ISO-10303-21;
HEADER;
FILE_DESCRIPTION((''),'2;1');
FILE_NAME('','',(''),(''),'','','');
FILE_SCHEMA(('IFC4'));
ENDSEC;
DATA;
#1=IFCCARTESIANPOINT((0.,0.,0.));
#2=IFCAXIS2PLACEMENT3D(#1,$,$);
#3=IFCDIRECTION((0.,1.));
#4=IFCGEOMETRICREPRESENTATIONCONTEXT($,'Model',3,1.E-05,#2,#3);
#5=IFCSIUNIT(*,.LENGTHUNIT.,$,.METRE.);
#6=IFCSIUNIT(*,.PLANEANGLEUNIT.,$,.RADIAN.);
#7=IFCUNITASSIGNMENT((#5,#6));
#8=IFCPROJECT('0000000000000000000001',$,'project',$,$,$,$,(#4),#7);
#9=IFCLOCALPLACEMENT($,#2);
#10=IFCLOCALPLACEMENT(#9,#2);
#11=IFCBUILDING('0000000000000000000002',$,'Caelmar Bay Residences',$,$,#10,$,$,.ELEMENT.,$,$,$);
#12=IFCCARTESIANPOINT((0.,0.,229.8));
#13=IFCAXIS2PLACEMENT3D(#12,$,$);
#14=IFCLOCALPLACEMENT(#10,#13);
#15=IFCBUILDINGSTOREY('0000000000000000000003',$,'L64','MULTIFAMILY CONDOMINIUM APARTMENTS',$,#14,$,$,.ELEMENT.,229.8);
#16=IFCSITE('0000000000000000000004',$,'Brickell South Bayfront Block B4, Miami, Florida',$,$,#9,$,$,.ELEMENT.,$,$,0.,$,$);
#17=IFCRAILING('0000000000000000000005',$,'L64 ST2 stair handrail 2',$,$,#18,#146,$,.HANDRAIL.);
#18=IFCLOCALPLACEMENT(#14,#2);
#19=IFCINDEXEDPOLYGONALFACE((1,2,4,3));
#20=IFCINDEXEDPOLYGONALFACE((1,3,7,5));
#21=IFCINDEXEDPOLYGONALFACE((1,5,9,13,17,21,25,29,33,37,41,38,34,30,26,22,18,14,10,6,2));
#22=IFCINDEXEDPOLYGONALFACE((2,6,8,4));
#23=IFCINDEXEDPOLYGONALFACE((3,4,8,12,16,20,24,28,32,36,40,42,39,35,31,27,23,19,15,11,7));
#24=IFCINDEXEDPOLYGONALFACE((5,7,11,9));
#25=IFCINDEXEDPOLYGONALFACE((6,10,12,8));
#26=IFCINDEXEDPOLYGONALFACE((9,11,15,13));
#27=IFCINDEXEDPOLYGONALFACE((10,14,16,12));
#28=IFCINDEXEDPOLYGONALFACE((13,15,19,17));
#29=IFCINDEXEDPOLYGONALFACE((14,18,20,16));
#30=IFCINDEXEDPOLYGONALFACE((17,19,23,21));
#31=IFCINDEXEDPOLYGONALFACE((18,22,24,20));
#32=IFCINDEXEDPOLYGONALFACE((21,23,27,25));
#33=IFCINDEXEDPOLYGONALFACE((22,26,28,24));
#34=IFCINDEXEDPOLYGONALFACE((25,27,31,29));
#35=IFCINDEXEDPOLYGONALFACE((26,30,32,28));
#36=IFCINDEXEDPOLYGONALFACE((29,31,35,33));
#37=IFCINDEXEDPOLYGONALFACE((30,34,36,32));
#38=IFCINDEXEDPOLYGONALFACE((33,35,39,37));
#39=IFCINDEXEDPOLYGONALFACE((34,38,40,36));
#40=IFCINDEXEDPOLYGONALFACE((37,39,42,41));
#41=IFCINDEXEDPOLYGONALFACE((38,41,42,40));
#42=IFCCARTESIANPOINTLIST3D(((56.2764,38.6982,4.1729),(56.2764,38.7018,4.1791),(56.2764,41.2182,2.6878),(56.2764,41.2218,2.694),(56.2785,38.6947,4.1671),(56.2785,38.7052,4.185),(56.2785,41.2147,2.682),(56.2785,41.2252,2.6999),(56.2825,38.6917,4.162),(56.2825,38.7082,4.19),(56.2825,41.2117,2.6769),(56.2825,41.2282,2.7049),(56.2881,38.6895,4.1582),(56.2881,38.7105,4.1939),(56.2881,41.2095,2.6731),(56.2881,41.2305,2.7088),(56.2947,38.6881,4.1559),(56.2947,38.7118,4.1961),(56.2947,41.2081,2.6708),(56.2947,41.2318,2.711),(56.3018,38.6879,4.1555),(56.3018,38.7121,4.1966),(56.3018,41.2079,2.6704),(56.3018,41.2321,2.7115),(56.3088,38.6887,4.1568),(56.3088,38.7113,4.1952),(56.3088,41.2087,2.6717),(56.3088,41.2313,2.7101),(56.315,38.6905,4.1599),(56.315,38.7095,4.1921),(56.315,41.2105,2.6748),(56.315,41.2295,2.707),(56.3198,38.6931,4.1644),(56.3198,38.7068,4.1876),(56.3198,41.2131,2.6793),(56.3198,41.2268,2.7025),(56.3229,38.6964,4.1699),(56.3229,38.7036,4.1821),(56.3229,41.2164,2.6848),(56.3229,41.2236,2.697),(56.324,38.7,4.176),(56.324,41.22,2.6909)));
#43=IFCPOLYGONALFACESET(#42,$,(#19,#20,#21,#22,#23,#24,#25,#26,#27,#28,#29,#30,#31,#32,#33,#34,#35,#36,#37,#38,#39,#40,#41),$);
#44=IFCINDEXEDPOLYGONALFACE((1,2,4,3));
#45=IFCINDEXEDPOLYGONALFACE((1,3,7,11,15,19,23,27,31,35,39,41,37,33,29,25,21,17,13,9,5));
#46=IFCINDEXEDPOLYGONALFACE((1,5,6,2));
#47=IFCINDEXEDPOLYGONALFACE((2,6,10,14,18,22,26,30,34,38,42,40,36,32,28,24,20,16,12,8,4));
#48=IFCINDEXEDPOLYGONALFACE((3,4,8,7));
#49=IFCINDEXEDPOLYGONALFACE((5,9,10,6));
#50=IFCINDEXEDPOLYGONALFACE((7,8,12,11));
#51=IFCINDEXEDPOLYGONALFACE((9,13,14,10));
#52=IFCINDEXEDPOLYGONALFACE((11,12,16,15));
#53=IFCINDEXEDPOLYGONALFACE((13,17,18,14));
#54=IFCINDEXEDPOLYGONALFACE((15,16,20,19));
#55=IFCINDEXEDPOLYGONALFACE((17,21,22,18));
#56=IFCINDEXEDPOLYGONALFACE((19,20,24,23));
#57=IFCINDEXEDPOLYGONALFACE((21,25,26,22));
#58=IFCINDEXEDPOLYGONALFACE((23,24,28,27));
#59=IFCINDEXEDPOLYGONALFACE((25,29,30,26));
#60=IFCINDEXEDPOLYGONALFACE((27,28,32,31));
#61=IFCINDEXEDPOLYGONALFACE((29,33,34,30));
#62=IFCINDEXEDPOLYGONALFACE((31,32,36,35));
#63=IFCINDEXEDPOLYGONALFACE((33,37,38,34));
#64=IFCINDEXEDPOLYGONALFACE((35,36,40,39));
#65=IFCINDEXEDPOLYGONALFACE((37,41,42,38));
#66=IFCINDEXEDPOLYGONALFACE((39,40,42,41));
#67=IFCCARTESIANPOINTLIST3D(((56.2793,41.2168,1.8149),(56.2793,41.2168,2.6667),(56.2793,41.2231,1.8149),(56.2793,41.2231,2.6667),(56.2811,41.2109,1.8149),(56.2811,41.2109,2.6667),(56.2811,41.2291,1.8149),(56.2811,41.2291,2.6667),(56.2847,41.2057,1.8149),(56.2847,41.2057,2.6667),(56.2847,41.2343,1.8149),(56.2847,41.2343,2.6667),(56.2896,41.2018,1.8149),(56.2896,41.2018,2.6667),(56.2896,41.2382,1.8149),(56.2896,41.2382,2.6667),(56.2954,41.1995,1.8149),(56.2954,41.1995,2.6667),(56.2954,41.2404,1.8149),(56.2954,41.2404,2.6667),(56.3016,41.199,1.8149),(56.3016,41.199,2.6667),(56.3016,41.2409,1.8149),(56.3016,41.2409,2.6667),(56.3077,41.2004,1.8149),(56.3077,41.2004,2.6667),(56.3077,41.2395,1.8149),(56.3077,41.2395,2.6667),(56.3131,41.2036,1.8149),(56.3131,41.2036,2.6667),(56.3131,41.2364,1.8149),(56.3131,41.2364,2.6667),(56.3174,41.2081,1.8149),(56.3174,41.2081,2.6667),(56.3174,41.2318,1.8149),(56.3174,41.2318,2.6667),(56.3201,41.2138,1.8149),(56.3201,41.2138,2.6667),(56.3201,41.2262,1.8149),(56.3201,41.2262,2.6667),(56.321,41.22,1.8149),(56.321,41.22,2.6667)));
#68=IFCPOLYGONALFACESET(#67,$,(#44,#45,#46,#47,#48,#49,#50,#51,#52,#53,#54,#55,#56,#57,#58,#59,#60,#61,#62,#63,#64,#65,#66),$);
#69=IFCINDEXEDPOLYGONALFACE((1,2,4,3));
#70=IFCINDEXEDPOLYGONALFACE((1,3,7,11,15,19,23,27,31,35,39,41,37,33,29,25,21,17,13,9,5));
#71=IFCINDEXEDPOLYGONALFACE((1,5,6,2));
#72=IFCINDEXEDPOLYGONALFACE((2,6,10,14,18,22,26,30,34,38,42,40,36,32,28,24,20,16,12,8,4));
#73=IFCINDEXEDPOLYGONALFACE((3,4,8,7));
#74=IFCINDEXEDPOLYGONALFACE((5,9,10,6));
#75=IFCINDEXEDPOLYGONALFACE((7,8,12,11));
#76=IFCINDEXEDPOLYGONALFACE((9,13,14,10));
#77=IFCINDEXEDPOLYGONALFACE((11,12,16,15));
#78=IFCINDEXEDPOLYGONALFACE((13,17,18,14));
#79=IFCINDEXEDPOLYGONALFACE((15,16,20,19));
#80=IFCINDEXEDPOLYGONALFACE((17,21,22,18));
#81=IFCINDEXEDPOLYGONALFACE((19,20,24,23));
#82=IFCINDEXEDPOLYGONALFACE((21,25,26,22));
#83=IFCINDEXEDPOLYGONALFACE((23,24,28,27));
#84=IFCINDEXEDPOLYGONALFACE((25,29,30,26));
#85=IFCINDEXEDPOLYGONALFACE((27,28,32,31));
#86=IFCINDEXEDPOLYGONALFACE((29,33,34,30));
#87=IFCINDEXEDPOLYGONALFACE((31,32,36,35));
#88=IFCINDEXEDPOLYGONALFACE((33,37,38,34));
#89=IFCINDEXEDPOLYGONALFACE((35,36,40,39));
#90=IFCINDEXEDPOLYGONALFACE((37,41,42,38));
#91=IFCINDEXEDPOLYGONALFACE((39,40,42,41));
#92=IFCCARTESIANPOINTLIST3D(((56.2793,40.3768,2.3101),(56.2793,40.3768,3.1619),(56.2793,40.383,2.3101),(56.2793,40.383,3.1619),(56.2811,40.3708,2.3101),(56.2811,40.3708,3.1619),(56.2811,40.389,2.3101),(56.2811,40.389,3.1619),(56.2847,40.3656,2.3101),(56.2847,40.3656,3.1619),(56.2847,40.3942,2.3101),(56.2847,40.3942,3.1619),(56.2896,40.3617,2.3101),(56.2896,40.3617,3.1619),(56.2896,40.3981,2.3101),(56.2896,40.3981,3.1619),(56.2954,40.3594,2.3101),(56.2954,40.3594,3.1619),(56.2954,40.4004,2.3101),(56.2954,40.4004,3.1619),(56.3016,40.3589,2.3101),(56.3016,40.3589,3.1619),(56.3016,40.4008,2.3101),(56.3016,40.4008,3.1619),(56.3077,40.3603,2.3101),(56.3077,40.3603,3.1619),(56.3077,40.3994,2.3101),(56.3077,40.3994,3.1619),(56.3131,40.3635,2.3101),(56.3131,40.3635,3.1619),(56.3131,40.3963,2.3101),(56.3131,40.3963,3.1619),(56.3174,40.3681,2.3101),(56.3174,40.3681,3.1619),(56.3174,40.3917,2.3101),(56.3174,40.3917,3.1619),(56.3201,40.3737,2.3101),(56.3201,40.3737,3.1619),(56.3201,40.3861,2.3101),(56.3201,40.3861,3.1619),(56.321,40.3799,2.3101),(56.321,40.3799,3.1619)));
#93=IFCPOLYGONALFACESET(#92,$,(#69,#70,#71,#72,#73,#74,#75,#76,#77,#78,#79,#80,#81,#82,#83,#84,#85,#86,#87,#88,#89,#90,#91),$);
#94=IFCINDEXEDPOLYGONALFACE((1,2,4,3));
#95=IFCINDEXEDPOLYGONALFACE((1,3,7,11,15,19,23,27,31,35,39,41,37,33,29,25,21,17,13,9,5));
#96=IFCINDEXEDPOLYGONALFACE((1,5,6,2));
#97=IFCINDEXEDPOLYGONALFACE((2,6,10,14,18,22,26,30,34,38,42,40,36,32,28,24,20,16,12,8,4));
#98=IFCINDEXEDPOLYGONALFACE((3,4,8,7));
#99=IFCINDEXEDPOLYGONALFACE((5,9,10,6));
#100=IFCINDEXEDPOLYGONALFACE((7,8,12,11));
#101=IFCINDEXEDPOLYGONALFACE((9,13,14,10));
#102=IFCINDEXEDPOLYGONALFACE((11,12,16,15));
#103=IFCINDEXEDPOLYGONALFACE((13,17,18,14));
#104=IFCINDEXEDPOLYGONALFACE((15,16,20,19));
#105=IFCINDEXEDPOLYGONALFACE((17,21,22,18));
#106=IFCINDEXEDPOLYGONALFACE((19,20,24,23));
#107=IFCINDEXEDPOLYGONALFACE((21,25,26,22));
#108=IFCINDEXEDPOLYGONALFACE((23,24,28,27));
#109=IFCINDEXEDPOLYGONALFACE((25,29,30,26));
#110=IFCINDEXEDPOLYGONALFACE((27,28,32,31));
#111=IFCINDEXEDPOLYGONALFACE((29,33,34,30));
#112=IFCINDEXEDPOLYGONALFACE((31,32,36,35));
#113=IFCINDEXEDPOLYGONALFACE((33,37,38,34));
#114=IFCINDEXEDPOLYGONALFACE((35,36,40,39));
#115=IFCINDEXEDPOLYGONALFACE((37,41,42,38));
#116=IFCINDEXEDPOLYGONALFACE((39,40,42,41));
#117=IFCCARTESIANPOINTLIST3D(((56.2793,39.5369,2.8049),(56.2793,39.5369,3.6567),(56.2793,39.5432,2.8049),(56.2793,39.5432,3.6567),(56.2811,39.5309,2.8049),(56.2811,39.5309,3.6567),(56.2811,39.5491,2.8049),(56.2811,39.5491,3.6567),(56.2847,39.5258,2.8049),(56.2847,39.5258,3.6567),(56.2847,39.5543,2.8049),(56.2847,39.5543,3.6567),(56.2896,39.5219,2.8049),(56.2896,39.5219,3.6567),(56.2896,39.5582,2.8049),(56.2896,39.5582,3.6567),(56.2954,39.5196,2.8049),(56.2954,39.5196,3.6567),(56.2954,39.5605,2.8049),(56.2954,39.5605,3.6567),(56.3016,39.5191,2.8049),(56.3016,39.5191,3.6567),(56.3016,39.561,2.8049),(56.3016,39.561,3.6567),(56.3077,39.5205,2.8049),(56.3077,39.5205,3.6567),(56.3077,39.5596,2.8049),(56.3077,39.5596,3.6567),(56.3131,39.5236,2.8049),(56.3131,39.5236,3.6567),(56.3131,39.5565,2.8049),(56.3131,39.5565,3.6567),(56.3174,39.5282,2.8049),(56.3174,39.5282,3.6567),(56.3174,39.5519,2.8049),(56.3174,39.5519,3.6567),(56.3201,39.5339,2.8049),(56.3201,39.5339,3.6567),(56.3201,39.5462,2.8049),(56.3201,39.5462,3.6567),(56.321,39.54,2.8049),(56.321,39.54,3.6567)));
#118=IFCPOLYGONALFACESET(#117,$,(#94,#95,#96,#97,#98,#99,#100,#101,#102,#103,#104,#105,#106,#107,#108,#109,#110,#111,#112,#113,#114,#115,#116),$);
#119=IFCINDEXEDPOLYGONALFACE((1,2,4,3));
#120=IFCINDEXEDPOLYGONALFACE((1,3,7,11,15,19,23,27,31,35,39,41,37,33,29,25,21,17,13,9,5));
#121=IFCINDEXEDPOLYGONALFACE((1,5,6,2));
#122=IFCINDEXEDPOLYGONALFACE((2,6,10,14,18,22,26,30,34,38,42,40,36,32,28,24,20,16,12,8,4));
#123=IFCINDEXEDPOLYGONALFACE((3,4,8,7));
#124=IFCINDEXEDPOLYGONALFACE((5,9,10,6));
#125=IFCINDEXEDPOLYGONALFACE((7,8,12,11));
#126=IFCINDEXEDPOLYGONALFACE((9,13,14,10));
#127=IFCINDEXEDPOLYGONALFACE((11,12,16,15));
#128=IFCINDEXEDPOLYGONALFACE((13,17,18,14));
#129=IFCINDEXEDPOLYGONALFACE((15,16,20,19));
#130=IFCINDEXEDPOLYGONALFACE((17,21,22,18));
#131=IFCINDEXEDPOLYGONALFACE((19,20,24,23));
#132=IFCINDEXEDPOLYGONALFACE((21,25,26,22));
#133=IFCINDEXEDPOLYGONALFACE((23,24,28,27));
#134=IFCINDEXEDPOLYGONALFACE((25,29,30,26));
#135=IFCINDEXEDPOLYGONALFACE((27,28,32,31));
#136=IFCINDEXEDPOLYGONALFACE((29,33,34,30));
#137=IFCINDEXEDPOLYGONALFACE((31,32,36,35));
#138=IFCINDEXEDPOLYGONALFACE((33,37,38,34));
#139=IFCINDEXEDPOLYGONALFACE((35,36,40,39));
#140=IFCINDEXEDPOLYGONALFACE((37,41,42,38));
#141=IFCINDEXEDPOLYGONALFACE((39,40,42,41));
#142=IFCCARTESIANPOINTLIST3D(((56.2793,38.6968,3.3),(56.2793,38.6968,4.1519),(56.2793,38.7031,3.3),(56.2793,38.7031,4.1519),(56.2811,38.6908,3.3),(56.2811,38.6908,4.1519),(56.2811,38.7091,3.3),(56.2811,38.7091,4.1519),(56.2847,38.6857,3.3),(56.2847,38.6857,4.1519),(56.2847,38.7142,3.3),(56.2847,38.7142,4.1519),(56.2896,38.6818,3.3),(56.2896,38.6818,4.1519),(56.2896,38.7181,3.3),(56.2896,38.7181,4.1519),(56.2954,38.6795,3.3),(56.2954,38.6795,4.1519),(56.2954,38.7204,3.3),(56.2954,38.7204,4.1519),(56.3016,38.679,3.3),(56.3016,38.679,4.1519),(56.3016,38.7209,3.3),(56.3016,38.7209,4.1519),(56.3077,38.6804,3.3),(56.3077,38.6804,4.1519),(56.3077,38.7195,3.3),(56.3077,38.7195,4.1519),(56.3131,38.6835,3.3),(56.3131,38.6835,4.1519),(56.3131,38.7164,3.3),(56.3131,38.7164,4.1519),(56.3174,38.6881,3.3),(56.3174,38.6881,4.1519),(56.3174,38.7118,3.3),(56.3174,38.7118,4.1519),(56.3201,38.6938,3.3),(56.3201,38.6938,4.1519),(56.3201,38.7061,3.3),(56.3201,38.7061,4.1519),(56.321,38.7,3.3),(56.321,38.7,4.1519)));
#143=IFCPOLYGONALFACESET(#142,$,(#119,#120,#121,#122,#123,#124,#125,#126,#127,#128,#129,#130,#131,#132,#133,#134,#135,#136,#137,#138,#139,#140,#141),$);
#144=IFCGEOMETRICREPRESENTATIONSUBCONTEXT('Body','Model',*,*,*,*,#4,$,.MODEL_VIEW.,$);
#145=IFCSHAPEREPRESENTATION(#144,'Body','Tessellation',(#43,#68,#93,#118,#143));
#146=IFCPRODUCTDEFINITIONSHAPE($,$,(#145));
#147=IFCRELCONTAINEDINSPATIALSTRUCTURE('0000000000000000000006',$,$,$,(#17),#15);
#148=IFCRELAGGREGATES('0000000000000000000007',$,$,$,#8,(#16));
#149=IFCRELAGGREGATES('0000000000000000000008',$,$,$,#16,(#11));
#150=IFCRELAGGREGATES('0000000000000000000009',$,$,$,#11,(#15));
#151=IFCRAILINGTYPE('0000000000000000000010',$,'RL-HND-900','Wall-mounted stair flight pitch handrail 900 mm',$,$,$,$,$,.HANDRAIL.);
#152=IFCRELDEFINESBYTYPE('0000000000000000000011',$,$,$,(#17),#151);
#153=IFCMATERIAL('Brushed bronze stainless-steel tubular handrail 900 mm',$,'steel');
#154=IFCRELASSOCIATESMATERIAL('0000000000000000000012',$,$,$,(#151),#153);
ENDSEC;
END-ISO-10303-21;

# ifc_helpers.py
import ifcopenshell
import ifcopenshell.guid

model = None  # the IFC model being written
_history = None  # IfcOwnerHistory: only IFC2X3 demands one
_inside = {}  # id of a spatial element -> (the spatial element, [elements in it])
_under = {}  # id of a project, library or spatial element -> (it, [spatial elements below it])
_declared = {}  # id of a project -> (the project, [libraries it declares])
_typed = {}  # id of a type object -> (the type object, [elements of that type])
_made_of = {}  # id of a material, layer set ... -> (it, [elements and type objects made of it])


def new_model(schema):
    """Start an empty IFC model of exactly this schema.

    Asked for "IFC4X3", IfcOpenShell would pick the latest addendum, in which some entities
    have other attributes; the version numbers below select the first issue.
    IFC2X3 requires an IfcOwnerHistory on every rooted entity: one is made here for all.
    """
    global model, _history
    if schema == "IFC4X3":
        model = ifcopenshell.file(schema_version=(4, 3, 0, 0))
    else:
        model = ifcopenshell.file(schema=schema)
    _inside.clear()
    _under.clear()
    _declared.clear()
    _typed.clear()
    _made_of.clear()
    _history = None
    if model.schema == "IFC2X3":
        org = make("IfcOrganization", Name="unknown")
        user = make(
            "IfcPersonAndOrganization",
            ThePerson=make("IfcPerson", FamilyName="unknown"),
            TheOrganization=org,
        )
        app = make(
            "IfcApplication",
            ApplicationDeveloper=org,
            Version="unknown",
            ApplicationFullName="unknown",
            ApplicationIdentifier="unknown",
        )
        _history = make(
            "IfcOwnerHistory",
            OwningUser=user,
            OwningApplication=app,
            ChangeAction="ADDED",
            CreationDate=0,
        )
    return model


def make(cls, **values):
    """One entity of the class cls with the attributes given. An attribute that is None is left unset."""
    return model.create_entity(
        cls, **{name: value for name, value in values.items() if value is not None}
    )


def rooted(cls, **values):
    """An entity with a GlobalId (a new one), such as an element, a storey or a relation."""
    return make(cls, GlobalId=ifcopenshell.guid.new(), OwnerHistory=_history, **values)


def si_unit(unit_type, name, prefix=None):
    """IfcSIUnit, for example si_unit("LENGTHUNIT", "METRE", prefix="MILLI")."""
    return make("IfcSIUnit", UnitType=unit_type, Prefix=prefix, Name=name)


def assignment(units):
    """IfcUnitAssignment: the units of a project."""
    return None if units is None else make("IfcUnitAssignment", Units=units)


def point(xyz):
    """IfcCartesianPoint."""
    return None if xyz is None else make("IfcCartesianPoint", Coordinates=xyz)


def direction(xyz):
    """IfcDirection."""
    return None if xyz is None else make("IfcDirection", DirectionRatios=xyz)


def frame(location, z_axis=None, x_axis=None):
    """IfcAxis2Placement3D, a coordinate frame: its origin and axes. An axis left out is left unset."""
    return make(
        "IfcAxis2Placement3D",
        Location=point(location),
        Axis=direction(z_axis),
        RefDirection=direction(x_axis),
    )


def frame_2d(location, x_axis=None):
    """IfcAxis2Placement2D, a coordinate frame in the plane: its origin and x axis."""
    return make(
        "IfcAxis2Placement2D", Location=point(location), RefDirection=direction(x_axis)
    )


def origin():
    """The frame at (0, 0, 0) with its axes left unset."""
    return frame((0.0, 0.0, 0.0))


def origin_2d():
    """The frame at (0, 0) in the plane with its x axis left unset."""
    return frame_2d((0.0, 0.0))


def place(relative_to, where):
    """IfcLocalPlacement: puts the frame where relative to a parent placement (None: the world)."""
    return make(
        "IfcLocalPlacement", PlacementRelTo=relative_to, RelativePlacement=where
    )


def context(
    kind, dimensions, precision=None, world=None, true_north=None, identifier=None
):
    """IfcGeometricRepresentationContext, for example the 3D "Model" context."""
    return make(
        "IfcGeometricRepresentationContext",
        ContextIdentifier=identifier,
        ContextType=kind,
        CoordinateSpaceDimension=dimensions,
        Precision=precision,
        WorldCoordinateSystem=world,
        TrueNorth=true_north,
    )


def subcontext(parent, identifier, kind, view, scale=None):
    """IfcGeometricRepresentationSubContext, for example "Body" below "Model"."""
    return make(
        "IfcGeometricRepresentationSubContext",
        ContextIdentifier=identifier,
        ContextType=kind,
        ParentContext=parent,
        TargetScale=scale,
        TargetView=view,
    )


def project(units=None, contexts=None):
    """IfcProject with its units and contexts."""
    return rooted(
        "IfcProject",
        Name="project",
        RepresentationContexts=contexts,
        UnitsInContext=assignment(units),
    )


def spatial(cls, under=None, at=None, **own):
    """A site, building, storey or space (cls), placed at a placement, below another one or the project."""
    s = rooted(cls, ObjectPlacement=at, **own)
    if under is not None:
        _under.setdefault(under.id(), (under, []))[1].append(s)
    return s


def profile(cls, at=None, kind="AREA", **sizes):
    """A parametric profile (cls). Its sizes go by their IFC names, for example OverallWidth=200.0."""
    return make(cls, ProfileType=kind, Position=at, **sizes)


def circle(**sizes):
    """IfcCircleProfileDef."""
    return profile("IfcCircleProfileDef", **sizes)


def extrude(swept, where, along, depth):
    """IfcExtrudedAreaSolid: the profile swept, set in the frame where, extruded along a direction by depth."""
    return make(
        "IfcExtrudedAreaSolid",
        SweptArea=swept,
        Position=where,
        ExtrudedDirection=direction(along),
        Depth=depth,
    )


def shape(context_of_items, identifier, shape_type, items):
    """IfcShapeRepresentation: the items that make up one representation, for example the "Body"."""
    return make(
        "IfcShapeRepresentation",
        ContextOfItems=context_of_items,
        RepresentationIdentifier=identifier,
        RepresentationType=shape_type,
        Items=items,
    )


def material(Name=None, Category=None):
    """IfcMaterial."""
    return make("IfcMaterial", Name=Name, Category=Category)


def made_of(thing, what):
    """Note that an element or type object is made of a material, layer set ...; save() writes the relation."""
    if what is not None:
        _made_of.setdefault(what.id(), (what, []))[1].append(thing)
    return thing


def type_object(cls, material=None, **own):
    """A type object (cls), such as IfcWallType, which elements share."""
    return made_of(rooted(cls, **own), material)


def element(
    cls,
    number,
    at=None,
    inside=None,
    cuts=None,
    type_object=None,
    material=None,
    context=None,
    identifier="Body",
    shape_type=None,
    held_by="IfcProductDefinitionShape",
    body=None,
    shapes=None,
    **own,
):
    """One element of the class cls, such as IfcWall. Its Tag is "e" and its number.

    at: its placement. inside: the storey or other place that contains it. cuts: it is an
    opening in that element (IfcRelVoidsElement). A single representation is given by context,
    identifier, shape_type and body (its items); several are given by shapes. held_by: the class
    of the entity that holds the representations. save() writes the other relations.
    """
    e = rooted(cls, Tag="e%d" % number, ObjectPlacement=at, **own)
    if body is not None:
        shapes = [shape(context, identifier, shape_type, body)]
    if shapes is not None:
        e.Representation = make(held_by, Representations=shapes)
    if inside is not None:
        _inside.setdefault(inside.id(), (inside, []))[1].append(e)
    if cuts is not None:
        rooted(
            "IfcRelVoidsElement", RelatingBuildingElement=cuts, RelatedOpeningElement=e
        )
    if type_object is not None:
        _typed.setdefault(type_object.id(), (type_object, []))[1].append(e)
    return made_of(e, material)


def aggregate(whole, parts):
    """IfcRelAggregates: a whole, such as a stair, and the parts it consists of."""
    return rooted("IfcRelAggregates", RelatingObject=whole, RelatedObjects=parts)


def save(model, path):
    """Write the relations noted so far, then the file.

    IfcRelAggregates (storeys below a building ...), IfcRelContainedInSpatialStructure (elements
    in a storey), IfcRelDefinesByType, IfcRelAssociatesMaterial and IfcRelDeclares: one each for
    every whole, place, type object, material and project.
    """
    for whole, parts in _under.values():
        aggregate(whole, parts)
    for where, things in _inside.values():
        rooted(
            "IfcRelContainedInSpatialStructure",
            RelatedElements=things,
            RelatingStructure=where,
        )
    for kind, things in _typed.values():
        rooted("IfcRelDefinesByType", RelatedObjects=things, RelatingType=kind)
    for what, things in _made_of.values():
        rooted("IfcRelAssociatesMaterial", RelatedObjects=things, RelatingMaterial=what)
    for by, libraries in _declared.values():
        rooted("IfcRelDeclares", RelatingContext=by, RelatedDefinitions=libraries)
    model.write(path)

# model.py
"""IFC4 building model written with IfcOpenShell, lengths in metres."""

from ifc_helpers import new_model, si_unit, direction, frame, origin, origin_2d, place, context, subcontext, project, spatial, circle, extrude, material, type_object, element, save


model = new_model("IFC4")

# Units and contexts
model_context = context("Model", 3, precision=1e-05, world=origin(), true_north=direction((0.0, 1.0)))
body_context = subcontext(model_context, "Body", "Model", "MODEL_VIEW")
ifc_project = project(units=[si_unit("LENGTHUNIT", "METRE"), si_unit("PLANEANGLEUNIT", "RADIAN")], contexts=[model_context])

# Site, building, storey
site_placement = place(None, origin())
site = spatial("IfcSite", under=ifc_project, at=site_placement, Name="Brickell South Bayfront Block B4, Miami, Florida", CompositionType="ELEMENT", RefElevation=0.0)
building_placement = place(site_placement, origin())
building = spatial("IfcBuilding", under=site, at=building_placement, Name="Caelmar Bay Residences", CompositionType="ELEMENT")
storey_placement = place(building_placement, frame((0.0, 0.0, 229.8)))
storey = spatial("IfcBuildingStorey", under=building, at=storey_placement, Name="L64", Description="MULTIFAMILY CONDOMINIUM APARTMENTS", CompositionType="ELEMENT", Elevation=229.8)

# Railing
ifc_material_1 = material(Name="Brushed bronze stainless-steel tubular handrail 900 mm", Category="steel")
railing_type_1 = type_object("IfcRailingType", Name="RL-HND-900", Description="Wall-mounted stair flight pitch handrail 900 mm", PredefinedType="HANDRAIL", material=ifc_material_1)
railing_1_placement = place(storey_placement, frame((56.3, 41.22, 1.8149)))
element("IfcRailing", 1, at=railing_1_placement, inside=storey, type_object=railing_type_1, Name="L64 ST2 stair handrail 2", PredefinedType="HANDRAIL", context=body_context, shape_type="SweptSolid", body=[
    extrude(circle(Radius=0.0239, at=origin_2d()), frame((0.0, 0.0, 0.876), z_axis=(0.0, -0.861524, 0.507717), x_axis=(1.0, 0.0, 0.0)), (0.0, 0.0, 1.0), 2.925),
    extrude(circle(Radius=0.021, at=origin_2d()), origin(), (0.0, 0.0, 1.0), 0.8518),
    extrude(circle(Radius=0.021, at=origin_2d()), frame((0.0, -0.8401, 0.4951)), (0.0, 0.0, 1.0), 0.8518),
    extrude(circle(Radius=0.021, at=origin_2d()), frame((0.0, -1.6799, 0.99)), (0.0, 0.0, 1.0), 0.8518),
    extrude(circle(Radius=0.021, at=origin_2d()), frame((0.0, -2.52, 1.4851)), (0.0, 0.0, 1.0), 0.8518),
])

save(model, "model.ifc")
